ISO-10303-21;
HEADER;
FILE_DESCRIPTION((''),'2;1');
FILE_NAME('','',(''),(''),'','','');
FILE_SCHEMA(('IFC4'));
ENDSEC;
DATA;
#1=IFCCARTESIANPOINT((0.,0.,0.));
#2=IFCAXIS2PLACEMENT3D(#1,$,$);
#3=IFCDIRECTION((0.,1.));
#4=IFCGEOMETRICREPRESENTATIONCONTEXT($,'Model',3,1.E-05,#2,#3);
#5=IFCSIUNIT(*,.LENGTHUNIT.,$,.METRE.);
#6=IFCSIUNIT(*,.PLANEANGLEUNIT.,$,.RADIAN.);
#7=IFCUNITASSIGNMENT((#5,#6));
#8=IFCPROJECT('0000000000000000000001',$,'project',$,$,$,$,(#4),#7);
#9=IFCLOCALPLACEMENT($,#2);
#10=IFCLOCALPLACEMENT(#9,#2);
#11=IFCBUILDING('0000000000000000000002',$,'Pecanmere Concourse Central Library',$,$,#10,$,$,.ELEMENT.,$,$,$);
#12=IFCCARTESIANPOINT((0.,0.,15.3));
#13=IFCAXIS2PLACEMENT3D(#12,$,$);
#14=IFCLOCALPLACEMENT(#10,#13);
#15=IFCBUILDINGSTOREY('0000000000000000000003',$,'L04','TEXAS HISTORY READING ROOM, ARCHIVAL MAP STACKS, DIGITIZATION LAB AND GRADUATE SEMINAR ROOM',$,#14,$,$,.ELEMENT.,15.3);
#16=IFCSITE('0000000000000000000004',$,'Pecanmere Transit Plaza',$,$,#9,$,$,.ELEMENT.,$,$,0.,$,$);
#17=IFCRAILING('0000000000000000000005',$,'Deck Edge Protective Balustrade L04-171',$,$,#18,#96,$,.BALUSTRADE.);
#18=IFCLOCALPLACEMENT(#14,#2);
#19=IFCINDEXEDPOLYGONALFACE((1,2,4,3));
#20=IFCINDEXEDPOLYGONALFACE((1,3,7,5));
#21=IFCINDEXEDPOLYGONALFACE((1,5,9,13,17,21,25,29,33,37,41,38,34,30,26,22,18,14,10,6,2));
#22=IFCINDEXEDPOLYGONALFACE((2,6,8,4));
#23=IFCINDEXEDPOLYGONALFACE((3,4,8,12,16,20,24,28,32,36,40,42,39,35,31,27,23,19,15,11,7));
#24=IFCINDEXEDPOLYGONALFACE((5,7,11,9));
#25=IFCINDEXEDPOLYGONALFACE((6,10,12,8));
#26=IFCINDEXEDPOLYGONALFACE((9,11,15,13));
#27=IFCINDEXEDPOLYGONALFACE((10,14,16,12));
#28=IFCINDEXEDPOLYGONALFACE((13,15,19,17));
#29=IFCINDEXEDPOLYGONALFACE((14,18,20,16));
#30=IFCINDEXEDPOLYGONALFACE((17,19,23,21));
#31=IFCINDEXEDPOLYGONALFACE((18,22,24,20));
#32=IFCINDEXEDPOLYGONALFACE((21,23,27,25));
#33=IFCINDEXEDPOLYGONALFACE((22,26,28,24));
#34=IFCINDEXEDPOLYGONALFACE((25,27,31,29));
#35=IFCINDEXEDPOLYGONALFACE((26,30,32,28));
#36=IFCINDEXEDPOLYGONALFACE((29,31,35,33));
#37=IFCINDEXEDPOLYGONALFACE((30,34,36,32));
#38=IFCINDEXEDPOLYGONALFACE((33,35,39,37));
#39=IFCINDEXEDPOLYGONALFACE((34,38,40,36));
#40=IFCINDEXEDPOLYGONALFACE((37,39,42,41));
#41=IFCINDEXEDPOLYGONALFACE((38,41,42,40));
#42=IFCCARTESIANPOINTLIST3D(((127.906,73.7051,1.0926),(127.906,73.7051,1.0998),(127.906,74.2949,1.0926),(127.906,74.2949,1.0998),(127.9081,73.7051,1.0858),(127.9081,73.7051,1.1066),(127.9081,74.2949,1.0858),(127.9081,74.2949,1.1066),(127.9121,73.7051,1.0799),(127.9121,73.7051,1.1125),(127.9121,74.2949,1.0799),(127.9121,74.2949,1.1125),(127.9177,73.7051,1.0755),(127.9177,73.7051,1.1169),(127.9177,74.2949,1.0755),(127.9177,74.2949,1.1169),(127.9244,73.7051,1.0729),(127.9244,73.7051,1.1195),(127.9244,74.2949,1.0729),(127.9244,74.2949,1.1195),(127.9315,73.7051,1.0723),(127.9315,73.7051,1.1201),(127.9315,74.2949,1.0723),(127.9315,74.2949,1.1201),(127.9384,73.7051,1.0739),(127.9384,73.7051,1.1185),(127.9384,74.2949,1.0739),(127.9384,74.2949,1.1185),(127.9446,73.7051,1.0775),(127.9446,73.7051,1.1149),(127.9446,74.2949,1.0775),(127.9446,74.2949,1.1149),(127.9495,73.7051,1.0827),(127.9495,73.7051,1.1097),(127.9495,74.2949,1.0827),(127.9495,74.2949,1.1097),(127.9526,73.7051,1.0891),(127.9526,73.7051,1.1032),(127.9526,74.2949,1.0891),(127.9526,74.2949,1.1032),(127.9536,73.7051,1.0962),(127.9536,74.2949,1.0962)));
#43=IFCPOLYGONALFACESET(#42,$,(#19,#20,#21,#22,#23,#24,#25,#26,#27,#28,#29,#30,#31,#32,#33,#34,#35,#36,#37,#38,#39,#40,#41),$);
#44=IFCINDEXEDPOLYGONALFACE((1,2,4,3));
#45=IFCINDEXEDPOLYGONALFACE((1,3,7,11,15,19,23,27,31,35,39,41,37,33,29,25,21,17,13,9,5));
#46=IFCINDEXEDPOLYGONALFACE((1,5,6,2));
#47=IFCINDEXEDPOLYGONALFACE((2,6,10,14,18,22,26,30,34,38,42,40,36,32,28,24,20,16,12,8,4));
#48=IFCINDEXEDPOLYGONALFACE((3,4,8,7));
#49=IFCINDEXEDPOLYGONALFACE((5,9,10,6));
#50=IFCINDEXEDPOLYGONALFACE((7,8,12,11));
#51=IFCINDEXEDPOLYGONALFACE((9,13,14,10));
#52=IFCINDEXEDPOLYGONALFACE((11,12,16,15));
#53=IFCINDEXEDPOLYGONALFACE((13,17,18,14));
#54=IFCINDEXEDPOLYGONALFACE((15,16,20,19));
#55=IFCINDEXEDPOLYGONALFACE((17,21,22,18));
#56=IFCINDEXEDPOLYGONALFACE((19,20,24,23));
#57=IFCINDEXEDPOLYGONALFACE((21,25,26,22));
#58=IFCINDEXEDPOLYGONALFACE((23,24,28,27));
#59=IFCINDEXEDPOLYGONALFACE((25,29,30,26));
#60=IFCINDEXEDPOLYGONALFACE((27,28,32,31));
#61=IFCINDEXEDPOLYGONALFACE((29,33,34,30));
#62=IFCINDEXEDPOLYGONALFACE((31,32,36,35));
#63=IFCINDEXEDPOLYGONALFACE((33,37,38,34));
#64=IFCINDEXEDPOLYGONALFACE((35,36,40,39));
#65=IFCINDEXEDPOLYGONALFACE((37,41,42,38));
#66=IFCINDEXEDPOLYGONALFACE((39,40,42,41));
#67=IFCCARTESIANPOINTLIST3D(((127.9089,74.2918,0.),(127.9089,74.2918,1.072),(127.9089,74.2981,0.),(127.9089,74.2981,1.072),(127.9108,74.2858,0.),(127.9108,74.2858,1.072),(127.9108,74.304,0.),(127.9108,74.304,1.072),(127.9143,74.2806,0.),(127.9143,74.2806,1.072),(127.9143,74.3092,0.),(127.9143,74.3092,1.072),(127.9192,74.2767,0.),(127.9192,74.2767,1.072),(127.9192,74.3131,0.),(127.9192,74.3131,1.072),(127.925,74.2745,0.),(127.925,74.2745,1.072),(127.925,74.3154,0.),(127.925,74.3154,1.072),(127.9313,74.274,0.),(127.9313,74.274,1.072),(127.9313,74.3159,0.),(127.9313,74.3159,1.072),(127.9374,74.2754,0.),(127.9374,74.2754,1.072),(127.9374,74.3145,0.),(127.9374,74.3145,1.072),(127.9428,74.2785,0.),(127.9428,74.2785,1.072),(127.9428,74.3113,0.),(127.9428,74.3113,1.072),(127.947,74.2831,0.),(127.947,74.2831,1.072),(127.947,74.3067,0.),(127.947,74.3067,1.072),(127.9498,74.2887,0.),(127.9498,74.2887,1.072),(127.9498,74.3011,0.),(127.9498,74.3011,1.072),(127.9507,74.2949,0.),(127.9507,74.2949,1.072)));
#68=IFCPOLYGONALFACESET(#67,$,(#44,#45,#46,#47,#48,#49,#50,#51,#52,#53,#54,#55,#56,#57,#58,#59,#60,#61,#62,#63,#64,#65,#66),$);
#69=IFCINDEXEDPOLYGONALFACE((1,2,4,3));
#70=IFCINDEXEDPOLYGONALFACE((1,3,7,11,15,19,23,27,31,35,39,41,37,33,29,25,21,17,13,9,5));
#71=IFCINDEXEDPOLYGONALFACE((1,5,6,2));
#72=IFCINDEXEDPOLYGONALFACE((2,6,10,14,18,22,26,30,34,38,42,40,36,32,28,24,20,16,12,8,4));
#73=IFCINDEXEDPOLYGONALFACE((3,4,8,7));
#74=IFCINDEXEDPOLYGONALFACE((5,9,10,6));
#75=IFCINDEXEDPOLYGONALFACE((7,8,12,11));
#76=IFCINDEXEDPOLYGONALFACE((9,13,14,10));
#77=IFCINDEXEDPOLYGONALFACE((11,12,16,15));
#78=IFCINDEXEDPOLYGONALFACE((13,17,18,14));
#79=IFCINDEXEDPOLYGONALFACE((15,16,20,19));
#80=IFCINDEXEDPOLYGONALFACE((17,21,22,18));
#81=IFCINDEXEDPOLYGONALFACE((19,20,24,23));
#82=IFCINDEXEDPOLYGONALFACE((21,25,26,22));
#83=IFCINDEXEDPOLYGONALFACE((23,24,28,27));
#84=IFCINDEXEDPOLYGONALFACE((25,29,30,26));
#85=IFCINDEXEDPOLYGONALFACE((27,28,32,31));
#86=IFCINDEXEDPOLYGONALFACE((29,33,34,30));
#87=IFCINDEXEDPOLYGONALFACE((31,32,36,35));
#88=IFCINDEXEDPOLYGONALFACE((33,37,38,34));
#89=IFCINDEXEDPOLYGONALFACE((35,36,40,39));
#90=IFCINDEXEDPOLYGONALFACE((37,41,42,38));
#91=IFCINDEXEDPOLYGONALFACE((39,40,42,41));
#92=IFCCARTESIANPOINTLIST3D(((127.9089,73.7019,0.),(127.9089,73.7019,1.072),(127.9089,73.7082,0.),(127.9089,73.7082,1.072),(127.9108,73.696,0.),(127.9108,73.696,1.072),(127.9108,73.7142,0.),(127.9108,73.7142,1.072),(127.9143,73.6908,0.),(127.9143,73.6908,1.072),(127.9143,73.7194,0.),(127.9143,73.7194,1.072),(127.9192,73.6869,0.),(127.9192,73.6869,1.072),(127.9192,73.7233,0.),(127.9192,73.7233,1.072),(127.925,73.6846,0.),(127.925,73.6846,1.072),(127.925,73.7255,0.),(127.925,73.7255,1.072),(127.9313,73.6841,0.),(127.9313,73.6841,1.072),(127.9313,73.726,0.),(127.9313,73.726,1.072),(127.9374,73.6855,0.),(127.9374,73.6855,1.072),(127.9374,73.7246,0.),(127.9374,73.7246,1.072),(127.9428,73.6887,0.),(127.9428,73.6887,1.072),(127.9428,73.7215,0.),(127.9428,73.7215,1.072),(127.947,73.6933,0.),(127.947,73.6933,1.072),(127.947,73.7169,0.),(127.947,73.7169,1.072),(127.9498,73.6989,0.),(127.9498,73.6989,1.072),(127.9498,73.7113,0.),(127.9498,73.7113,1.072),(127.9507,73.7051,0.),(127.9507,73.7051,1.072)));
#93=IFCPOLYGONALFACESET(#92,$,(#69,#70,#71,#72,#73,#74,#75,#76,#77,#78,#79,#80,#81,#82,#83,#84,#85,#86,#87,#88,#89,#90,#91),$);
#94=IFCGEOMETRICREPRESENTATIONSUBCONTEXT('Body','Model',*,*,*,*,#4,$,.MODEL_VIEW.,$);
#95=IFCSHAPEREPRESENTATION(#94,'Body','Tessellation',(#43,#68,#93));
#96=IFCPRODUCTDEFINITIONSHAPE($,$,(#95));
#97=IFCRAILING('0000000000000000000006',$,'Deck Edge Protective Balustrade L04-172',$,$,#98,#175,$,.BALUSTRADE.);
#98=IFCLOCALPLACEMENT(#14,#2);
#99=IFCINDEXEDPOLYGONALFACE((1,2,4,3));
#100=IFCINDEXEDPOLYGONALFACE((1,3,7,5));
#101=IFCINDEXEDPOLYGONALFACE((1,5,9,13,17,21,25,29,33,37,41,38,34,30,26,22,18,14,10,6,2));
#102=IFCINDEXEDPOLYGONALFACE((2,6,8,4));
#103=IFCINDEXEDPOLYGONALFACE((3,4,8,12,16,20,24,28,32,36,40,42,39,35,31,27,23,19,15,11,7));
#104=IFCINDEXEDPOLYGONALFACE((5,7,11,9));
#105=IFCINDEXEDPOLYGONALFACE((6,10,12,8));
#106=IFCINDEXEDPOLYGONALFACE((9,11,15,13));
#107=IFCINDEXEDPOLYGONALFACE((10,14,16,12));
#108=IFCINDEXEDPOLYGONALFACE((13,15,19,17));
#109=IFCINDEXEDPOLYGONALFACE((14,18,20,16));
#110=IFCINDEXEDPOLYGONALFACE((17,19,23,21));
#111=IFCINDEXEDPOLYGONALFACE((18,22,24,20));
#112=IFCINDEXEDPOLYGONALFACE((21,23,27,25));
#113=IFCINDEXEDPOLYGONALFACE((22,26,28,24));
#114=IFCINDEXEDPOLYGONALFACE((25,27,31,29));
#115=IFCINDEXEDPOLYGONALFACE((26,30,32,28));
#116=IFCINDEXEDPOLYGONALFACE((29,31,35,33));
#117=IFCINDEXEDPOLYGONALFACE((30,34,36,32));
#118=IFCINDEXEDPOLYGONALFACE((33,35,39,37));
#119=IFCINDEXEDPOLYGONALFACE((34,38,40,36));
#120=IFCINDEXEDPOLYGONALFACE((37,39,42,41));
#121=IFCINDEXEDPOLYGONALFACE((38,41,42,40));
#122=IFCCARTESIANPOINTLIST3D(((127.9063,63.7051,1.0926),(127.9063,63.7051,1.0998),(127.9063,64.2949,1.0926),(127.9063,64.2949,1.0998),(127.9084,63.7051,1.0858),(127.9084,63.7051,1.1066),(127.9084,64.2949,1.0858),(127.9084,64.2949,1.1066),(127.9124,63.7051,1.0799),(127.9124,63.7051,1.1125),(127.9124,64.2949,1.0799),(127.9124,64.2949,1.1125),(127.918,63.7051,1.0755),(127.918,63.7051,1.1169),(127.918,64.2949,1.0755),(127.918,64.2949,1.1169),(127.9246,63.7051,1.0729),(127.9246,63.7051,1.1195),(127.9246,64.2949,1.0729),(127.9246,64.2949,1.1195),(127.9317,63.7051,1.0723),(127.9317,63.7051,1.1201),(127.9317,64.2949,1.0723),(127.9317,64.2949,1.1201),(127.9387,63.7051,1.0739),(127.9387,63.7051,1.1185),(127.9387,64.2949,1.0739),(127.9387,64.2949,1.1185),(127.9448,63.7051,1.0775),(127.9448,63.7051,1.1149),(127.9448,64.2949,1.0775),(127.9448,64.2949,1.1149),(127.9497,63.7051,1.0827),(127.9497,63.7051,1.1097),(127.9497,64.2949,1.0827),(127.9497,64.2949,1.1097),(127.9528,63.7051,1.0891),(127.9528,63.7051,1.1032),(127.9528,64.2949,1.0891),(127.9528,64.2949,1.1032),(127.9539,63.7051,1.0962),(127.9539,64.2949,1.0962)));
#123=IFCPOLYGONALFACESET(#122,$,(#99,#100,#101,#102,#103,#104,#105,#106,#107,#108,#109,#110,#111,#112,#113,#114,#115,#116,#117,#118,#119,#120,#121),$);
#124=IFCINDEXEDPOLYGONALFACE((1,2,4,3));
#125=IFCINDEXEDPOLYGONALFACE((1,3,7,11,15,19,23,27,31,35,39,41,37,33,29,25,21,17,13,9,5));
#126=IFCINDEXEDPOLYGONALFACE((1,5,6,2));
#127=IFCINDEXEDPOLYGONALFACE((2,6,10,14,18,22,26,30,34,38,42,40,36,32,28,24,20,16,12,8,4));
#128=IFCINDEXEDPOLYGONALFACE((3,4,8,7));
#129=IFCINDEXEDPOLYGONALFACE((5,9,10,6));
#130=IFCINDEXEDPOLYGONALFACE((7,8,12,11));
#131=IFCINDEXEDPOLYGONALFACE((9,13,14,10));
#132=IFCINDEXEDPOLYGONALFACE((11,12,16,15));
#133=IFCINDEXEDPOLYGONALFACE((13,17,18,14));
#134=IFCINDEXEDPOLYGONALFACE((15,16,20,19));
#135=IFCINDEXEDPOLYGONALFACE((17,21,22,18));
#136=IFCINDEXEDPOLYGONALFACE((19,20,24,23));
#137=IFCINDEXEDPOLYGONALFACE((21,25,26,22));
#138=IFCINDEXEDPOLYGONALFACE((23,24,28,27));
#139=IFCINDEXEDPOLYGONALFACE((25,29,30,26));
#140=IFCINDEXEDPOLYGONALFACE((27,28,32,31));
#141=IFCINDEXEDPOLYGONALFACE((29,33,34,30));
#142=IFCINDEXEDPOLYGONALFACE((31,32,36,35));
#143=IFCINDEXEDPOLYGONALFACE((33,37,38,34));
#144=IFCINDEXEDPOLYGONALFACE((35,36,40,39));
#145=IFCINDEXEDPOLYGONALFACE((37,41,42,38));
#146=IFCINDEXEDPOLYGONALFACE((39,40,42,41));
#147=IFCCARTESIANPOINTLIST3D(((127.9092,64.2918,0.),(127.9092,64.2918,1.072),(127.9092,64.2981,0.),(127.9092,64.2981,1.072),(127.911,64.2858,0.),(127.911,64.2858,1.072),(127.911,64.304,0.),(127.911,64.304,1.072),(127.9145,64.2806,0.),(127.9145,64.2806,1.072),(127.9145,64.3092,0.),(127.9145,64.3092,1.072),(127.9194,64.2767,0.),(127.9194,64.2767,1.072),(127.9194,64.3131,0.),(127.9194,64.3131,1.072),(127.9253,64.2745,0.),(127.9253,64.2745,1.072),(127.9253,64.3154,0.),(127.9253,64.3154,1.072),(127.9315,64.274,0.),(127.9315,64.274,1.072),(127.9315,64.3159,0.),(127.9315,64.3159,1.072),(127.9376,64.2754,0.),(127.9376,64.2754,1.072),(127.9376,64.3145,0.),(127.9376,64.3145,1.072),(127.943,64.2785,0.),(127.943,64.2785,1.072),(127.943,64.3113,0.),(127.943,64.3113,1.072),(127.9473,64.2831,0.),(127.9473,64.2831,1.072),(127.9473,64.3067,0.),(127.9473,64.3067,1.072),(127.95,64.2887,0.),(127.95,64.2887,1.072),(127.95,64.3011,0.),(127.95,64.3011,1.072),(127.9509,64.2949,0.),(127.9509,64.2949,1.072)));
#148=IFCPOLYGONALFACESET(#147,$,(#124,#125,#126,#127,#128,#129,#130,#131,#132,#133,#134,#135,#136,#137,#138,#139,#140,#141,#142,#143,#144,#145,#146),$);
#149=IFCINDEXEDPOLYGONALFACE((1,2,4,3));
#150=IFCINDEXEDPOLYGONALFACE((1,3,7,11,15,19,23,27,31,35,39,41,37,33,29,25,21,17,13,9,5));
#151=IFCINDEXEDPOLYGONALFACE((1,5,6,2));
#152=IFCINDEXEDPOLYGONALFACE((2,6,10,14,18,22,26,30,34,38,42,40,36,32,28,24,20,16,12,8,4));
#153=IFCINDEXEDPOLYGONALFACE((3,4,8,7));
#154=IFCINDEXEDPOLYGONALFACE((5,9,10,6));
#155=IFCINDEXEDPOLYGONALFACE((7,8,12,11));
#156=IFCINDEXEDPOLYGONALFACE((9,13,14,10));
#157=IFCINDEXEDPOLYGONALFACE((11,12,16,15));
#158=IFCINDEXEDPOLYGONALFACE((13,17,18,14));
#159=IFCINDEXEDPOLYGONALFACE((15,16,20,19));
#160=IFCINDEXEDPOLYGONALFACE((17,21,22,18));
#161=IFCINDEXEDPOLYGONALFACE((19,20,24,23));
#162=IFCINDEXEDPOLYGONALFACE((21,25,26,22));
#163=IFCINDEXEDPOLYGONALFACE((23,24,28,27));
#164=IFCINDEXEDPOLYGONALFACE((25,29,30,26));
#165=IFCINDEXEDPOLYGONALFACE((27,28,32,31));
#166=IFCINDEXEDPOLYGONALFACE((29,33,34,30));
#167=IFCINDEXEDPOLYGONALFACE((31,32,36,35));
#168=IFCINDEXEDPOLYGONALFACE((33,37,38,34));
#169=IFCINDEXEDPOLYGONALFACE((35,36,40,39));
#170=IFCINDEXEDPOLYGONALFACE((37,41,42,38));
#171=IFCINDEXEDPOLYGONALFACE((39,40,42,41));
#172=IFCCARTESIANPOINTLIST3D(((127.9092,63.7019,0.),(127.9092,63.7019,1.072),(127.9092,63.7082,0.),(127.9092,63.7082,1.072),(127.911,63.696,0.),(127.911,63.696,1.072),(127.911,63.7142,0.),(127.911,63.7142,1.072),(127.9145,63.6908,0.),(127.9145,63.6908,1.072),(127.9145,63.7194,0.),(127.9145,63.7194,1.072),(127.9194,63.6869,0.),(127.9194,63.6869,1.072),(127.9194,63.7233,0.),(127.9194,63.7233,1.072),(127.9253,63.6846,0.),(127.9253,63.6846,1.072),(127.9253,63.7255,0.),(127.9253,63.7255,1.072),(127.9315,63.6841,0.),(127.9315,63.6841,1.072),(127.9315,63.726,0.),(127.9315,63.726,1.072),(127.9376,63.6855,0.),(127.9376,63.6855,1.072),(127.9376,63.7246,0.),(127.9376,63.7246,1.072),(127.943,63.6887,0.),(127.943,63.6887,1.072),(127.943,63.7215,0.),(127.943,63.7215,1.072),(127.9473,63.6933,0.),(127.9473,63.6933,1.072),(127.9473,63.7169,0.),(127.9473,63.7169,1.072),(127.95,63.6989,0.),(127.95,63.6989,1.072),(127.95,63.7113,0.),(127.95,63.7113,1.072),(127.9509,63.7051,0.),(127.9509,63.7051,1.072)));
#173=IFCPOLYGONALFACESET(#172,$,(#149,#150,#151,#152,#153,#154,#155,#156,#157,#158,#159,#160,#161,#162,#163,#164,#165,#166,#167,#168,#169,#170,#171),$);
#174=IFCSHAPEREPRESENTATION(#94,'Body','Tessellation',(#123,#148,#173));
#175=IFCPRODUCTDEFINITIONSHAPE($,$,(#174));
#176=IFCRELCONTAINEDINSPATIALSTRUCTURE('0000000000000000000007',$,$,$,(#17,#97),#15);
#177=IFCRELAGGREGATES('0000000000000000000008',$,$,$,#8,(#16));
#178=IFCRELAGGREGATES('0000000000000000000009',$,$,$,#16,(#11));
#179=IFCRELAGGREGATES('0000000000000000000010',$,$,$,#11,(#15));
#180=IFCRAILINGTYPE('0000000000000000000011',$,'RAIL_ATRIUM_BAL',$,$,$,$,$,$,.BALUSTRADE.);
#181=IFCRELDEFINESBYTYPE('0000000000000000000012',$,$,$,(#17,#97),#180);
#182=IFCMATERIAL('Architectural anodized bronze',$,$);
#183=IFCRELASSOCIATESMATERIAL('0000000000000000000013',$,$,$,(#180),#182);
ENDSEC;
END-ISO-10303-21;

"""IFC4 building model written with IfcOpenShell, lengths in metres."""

from ifc_helpers import new_model, si_unit, direction, frame, origin, origin_2d, place, context, subcontext, project, spatial, circle, extrude, material, type_object, element, save


model = new_model("IFC4")

# Units and contexts
model_context = context("Model", 3, precision=1e-05, world=origin(), true_north=direction((0.0, 1.0)))
body_context = subcontext(model_context, "Body", "Model", "MODEL_VIEW")
ifc_project = project(units=[si_unit("LENGTHUNIT", "METRE"), si_unit("PLANEANGLEUNIT", "RADIAN")], contexts=[model_context])

# Site, building, storey
site_placement = place(None, origin())
site = spatial("IfcSite", under=ifc_project, at=site_placement, Name="Pecanmere Transit Plaza", CompositionType="ELEMENT", RefElevation=0.0)
building_placement = place(site_placement, origin())
building = spatial("IfcBuilding", under=site, at=building_placement, Name="Pecanmere Concourse Central Library", CompositionType="ELEMENT")
storey_placement = place(building_placement, frame((0.0, 0.0, 15.3)))
storey = spatial("IfcBuildingStorey", under=building, at=storey_placement, Name="L04", Description="TEXAS HISTORY READING ROOM, ARCHIVAL MAP STACKS, DIGITIZATION LAB AND GRADUATE SEMINAR ROOM", CompositionType="ELEMENT", Elevation=15.3)

# Railings
ifc_material_1 = material(Name="Architectural anodized bronze")
railing_type_1 = type_object("IfcRailingType", Name="RAIL_ATRIUM_BAL", PredefinedType="BALUSTRADE", material=ifc_material_1)
for number, where, name in (
    (1, (127.9297, 74.2949, 0.0), "Deck Edge Protective Balustrade L04-171"),
    (2, (127.9299, 64.2949, 0.0), "Deck Edge Protective Balustrade L04-172"),
):
    element("IfcRailing", number, at=place(storey_placement, frame(where)), inside=storey, type_object=railing_type_1, Name=name, PredefinedType="BALUSTRADE", context=body_context, shape_type="SweptSolid", body=[
        extrude(circle(Radius=0.0239, at=origin_2d()), frame((0.0, 0.0, 1.0962), z_axis=(0.0, -1.0, 0.0), x_axis=(1.0, 0.0, 0.0)), (0.0, 0.0, 1.0), 0.5898),
        extrude(circle(Radius=0.021, at=origin_2d()), origin(), (0.0, 0.0, 1.0), 1.072),
        extrude(circle(Radius=0.021, at=origin_2d()), frame((0.0, -0.5898, 0.0)), (0.0, 0.0, 1.0), 1.072),
    ])

save(model, "model.ifc")
